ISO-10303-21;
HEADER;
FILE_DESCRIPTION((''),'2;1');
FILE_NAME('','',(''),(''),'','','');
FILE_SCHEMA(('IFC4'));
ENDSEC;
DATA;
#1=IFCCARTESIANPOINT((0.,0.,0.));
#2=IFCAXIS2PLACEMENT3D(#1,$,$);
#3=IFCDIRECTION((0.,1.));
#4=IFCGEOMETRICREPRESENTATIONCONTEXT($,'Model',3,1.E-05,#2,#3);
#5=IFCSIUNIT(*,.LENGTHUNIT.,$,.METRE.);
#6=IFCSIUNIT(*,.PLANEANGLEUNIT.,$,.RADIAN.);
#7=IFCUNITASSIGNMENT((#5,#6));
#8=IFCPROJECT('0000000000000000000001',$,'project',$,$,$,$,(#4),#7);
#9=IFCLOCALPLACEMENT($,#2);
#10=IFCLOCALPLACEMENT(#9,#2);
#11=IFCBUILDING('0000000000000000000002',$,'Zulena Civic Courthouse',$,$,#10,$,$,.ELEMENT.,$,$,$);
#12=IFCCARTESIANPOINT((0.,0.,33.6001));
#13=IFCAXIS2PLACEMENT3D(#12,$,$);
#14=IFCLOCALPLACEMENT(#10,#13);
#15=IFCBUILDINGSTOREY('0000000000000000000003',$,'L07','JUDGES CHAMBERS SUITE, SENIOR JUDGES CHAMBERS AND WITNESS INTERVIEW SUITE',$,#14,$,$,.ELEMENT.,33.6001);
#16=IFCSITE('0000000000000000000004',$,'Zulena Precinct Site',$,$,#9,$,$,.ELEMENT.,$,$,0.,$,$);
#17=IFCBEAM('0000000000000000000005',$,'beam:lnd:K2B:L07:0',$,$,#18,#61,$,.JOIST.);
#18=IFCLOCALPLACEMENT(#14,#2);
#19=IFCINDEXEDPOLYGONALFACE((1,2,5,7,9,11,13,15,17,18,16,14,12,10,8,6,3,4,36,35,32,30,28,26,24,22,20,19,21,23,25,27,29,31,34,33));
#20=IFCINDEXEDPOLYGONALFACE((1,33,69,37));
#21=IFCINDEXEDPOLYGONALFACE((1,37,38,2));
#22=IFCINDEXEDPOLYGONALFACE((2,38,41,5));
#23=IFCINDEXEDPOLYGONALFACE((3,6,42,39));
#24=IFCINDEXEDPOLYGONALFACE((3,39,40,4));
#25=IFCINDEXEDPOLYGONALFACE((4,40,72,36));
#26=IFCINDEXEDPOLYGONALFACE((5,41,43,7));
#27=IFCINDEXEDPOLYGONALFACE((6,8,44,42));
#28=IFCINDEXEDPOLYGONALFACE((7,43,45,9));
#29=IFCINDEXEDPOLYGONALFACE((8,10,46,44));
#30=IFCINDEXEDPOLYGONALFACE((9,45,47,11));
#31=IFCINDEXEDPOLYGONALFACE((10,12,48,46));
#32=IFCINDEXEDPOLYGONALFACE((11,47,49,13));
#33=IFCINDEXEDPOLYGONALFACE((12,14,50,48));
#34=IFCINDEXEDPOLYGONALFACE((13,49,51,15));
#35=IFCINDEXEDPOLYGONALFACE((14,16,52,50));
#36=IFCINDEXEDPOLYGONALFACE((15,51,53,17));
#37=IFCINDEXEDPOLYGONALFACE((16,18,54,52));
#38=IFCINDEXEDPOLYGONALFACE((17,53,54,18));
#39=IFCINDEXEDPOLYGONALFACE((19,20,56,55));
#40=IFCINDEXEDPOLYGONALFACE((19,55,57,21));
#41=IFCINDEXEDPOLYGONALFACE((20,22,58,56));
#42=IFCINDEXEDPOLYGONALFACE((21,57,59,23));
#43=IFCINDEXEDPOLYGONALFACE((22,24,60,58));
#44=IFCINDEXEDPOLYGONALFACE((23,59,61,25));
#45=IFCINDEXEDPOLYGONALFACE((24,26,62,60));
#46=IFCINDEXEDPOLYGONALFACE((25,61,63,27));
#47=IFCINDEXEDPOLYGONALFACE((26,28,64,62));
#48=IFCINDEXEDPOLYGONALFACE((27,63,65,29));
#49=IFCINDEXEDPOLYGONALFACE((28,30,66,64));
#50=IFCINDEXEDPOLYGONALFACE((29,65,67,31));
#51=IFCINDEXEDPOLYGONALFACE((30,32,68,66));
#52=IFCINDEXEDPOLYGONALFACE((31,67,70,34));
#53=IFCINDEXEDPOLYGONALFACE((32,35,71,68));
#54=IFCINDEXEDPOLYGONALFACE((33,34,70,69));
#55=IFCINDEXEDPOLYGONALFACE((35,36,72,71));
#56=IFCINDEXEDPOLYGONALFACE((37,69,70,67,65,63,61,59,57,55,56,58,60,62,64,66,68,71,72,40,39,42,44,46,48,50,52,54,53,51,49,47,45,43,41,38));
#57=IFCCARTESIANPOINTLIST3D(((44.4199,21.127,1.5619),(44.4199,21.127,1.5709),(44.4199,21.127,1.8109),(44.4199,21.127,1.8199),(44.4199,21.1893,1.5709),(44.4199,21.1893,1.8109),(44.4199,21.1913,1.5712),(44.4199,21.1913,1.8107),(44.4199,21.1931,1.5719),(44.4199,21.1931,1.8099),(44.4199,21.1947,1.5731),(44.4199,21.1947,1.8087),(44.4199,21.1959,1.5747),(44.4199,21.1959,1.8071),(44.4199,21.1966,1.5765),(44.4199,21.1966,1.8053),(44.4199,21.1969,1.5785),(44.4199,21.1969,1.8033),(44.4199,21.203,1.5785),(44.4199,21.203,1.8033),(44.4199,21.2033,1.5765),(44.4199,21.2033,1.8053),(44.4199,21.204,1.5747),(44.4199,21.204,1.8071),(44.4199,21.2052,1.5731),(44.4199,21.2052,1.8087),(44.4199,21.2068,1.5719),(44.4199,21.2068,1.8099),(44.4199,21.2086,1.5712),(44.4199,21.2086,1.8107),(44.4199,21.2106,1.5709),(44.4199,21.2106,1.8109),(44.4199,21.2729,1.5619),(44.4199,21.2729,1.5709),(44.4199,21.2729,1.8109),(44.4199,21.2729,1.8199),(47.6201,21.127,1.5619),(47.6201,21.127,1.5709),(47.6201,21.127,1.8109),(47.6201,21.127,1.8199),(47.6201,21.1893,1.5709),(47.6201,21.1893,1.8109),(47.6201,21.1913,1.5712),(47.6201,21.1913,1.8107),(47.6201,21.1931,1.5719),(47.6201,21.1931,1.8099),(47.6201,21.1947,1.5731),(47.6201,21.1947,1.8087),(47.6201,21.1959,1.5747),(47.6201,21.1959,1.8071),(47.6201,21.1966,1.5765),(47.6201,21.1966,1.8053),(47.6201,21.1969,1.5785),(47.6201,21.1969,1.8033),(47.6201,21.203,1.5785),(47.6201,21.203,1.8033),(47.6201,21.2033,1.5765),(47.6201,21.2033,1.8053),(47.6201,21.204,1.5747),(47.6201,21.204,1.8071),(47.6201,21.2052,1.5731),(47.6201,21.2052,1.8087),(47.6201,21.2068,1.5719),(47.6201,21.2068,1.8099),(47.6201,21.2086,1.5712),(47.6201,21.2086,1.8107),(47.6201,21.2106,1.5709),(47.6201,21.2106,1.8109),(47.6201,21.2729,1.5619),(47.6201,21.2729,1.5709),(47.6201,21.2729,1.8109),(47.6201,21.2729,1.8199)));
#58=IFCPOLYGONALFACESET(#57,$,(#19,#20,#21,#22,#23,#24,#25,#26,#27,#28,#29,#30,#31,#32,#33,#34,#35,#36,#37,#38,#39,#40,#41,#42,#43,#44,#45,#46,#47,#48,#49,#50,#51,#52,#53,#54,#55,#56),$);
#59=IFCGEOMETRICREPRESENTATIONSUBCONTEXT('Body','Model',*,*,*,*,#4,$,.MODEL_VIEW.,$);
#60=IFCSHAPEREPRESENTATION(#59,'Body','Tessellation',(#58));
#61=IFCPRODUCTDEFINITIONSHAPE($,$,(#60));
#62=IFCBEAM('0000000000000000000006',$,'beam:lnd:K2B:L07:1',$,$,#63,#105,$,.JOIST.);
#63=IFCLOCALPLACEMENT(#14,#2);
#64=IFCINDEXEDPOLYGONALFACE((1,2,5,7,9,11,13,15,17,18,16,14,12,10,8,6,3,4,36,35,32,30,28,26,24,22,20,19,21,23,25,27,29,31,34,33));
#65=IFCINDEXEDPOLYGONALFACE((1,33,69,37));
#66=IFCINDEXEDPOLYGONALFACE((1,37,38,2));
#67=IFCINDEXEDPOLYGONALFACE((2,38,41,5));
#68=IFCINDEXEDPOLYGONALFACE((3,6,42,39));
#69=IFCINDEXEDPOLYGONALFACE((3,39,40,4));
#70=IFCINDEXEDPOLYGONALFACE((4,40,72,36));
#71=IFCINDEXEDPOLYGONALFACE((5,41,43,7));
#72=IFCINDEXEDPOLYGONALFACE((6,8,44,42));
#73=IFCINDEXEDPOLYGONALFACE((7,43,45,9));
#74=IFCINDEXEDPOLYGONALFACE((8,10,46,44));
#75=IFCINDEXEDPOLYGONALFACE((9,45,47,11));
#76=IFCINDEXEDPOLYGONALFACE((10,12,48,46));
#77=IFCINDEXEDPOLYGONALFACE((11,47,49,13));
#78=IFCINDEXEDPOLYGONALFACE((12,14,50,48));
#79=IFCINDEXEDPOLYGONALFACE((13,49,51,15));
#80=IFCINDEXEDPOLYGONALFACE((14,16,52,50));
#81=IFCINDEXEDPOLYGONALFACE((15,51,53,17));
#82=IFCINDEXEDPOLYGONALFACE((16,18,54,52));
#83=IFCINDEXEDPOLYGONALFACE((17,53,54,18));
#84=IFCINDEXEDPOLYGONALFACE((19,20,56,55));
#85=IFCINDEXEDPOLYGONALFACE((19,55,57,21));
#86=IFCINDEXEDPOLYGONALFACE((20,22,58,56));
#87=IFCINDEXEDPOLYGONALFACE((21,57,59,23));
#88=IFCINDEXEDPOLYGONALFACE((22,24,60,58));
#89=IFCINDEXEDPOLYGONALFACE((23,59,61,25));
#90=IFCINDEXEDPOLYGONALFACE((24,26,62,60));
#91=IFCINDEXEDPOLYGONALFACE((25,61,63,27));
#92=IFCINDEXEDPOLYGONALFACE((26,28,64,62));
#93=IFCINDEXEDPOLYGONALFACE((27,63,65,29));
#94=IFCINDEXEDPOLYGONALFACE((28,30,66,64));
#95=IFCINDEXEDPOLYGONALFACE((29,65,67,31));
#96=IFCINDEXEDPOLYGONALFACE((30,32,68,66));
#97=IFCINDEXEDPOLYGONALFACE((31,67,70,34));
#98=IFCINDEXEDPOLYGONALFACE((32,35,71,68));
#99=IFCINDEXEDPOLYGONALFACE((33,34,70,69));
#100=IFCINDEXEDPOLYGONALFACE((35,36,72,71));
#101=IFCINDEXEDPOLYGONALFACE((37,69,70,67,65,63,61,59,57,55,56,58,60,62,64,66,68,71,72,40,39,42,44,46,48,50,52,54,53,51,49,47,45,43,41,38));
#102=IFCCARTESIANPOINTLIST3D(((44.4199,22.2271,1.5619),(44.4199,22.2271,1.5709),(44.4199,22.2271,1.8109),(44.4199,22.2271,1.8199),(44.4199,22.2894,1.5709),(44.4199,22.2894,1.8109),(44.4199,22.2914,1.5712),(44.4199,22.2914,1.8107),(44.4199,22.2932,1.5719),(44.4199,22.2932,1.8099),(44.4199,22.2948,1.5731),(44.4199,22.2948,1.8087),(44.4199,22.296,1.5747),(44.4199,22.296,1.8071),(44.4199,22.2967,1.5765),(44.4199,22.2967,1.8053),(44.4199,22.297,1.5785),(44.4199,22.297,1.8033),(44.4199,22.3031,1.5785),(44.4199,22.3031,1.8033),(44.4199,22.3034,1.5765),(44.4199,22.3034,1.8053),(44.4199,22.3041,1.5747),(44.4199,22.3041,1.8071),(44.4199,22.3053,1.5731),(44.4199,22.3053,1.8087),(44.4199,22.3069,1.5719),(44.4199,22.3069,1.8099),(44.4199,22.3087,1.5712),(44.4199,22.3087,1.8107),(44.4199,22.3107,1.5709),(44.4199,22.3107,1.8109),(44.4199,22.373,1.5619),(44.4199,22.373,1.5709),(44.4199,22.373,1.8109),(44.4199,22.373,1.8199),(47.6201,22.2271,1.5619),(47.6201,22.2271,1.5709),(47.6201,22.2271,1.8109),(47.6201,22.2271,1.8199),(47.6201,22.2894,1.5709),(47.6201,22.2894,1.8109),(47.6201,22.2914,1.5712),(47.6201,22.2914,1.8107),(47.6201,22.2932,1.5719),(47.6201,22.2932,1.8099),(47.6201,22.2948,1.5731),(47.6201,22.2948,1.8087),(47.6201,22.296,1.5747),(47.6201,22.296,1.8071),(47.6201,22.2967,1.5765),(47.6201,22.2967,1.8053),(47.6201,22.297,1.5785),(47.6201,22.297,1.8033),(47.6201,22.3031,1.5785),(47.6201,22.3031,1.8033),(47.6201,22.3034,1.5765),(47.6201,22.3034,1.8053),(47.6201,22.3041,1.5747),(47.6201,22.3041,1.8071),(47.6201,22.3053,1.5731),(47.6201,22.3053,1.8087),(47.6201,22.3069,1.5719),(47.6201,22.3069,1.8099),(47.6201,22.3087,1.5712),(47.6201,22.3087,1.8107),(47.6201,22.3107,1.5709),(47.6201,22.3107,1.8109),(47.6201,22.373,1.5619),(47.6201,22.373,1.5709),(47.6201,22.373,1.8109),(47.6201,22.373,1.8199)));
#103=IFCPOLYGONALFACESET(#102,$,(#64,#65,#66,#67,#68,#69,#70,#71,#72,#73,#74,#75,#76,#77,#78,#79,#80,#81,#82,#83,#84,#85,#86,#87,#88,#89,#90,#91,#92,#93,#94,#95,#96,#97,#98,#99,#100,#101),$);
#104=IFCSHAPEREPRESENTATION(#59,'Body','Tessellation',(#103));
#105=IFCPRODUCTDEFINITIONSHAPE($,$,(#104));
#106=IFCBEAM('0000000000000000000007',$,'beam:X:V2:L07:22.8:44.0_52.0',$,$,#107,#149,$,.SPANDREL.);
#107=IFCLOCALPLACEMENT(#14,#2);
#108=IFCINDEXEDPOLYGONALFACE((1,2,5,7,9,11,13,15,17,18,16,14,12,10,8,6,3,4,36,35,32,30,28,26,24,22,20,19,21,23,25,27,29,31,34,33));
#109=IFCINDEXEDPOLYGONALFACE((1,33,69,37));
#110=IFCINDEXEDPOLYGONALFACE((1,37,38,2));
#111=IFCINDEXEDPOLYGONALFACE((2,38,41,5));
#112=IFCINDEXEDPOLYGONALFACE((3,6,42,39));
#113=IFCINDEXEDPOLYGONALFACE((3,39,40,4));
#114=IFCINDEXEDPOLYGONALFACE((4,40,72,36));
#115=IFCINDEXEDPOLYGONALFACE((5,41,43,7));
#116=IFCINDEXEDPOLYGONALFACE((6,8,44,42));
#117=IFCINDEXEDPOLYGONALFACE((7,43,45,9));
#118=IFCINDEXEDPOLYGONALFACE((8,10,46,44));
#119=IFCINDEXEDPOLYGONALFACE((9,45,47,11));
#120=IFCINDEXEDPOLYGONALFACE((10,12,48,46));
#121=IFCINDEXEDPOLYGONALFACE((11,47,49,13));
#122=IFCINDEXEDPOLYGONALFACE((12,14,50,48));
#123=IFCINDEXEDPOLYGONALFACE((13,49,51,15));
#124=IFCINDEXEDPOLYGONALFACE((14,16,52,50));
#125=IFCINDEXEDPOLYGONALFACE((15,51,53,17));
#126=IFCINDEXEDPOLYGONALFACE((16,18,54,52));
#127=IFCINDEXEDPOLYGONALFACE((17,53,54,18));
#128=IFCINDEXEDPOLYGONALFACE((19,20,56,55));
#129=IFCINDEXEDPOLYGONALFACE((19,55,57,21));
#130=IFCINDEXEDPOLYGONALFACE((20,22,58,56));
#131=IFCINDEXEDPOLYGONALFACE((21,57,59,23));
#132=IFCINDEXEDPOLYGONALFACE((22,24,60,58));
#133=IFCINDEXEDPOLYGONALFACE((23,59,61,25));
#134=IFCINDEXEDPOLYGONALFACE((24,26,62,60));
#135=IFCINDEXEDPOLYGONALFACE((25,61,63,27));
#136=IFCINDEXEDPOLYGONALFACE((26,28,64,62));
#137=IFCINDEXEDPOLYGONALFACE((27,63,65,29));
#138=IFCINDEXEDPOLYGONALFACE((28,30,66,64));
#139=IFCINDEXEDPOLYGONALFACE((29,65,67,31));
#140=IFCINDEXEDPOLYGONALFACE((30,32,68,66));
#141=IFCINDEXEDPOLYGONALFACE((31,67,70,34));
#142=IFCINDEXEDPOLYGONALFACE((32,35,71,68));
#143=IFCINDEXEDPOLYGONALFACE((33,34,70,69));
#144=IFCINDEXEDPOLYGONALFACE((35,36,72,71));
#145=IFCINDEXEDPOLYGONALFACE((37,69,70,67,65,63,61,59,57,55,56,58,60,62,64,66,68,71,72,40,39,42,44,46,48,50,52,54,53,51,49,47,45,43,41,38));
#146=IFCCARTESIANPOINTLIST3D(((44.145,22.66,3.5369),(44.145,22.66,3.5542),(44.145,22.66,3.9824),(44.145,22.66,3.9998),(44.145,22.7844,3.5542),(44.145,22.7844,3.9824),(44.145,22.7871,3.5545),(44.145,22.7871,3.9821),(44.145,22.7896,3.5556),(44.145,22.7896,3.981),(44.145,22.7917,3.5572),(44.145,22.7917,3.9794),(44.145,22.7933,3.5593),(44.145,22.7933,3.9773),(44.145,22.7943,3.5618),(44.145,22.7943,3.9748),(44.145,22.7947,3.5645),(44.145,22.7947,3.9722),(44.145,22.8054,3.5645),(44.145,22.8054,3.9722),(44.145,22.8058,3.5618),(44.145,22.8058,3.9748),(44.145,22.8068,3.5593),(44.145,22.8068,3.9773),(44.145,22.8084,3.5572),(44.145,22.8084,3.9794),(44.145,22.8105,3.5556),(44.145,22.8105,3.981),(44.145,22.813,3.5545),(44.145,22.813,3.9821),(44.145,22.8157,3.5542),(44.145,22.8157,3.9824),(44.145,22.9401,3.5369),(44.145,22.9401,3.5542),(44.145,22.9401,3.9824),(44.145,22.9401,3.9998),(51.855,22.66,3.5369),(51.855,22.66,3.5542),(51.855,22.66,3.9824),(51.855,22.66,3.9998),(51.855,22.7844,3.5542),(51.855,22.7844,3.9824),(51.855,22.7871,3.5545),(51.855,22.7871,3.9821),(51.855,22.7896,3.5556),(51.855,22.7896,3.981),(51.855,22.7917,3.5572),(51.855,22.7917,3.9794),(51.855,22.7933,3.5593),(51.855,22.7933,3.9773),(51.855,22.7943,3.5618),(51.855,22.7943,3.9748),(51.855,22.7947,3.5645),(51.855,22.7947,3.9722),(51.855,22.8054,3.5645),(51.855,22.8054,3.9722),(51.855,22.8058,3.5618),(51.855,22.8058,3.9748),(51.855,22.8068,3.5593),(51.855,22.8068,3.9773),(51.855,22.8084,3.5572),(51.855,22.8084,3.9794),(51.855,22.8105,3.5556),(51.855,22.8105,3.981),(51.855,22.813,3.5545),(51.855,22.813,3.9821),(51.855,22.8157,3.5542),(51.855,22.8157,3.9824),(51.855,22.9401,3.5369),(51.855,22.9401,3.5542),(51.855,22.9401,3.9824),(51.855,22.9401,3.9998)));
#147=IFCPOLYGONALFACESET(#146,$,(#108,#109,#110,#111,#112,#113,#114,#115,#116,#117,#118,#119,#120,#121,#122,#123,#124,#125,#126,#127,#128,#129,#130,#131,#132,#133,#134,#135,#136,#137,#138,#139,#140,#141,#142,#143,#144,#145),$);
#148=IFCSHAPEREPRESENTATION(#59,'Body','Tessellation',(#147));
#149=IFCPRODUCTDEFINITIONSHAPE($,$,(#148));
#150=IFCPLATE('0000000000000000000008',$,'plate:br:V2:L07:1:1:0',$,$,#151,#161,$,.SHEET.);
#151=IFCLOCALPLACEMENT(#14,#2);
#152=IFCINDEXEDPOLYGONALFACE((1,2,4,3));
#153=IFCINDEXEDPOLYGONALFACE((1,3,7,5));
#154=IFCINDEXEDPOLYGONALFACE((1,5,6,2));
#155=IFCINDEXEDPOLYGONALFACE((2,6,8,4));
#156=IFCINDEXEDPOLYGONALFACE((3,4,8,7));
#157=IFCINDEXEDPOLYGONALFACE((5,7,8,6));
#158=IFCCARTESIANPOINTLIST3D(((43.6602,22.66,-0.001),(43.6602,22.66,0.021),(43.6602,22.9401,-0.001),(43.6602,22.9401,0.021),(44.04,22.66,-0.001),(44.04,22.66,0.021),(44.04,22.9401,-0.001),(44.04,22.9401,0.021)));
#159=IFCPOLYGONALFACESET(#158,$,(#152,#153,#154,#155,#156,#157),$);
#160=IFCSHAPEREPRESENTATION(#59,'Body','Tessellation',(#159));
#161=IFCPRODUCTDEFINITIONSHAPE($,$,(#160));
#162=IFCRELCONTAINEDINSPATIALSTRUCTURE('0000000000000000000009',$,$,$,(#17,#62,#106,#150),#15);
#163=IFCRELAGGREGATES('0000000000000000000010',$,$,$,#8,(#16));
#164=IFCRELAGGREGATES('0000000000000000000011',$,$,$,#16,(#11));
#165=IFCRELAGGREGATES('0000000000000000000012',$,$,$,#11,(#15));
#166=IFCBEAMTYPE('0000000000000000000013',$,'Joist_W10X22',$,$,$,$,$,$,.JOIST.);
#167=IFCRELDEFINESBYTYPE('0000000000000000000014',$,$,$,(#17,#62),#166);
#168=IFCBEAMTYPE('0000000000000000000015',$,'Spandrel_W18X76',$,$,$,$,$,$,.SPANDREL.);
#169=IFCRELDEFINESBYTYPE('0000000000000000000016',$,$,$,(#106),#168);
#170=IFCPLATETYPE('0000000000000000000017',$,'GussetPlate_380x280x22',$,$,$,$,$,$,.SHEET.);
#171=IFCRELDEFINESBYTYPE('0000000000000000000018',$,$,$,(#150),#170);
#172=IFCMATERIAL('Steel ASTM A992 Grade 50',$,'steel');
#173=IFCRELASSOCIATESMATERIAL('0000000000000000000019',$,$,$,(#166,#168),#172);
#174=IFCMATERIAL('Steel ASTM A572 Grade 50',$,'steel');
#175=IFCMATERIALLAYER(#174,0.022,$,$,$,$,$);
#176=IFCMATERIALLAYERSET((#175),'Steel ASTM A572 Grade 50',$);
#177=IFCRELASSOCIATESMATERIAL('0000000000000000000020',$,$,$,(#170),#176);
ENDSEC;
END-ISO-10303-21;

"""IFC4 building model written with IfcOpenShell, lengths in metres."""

from ifc_helpers import new_model, si_unit, direction, frame, origin, origin_2d, place, context, subcontext, project, spatial, rectangle, i_section, extrude, material, layer, layer_set, material_profile, profile_set, type_object, element, save


model = new_model("IFC4")

# Units and contexts
model_context = context("Model", 3, precision=1e-05, world=origin(), true_north=direction((0.0, 1.0)))
body_context = subcontext(model_context, "Body", "Model", "MODEL_VIEW")
ifc_project = project(units=[si_unit("LENGTHUNIT", "METRE"), si_unit("PLANEANGLEUNIT", "RADIAN")], contexts=[model_context])

# Site, building, storey
site_placement = place(None, origin())
site = spatial("IfcSite", under=ifc_project, at=site_placement, Name="Zulena Precinct Site", CompositionType="ELEMENT", RefElevation=0.0)
building_placement = place(site_placement, origin())
building = spatial("IfcBuilding", under=site, at=building_placement, Name="Zulena Civic Courthouse", CompositionType="ELEMENT")
storey_placement = place(building_placement, frame((0.0, 0.0, 33.6001)))
storey = spatial("IfcBuildingStorey", under=building, at=storey_placement, Name="L07", Description="JUDGES CHAMBERS SUITE, SENIOR JUDGES CHAMBERS AND WITNESS INTERVIEW SUITE", CompositionType="ELEMENT", Elevation=33.6001)

# Shared definitions
ifc_material_1 = material(Name="Steel ASTM A992 Grade 50", Category="steel")

# Beams
ifc_material_profile_1 = material_profile(ifc_material_1, i_section(OverallWidth=0.146, OverallDepth=0.2581, WebThickness=0.0061, FlangeThickness=0.009, FilletRadius=0.0076, at=origin_2d()), Name="W10X22")
ifc_profile_set_1 = profile_set([ifc_material_profile_1], Name="Steel ASTM A992 Grade 50")
beam_type_1 = type_object("IfcBeamType", Name="Joist_W10X22", PredefinedType="JOIST", material=ifc_profile_set_1)
for number, where, z_axis, x_axis, name in (
    (1, (44.4199, 21.2, 1.6909), (1.0, 0.0, 0.0), (0.0, 1.0, 0.0), "beam:lnd:K2B:L07:0"),
    (2, (44.4199, 22.3, 1.6909), (1.0, 0.0, 0.0), (0.0, 1.0, 0.0), "beam:lnd:K2B:L07:1"),
):
    element("IfcBeam", number, at=place(storey_placement, frame(where, z_axis=z_axis, x_axis=x_axis)), inside=storey, type_object=beam_type_1, Name=name, PredefinedType="JOIST", context=body_context, shape_type="SweptSolid", body=[
        extrude(i_section(OverallWidth=0.146, OverallDepth=0.2581, WebThickness=0.0061, FlangeThickness=0.009, FilletRadius=0.0076, at=origin_2d()), origin(), (0.0, 0.0, 1.0), 3.2002),
    ])
ifc_material_profile_2 = material_profile(ifc_material_1, i_section(OverallWidth=0.28, OverallDepth=0.4629, WebThickness=0.0107, FlangeThickness=0.0173, FilletRadius=0.0103, at=origin_2d()), Name="W18X76")
ifc_profile_set_2 = profile_set([ifc_material_profile_2], Name="Steel ASTM A992 Grade 50")
beam_type_2 = type_object("IfcBeamType", Name="Spandrel_W18X76", PredefinedType="SPANDREL", material=ifc_profile_set_2)
beam_placement = place(storey_placement, frame((44.145, 22.8, 3.7683), z_axis=(1.0, 0.0, 0.0), x_axis=(0.0, 1.0, 0.0)))
element("IfcBeam", 3, at=beam_placement, inside=storey, type_object=beam_type_2, Name="beam:X:V2:L07:22.8:44.0_52.0", PredefinedType="SPANDREL", context=body_context, shape_type="SweptSolid", body=[
    extrude(i_section(OverallWidth=0.28, OverallDepth=0.4629, WebThickness=0.0107, FlangeThickness=0.0173, FilletRadius=0.0103, at=origin_2d()), origin(), (0.0, 0.0, 1.0), 7.71),
])

# Plate
ifc_material_2 = material(Name="Steel ASTM A572 Grade 50", Category="steel")
ifc_layer_1 = layer(ifc_material_2, 0.022)
ifc_layer_set_1 = layer_set([ifc_layer_1], Name="Steel ASTM A572 Grade 50")
plate_type = type_object("IfcPlateType", Name="GussetPlate_380x280x22", PredefinedType="SHEET", material=ifc_layer_set_1)
plate_placement = place(storey_placement, frame((43.8501, 22.8, -0.001), z_axis=(0.0, 0.0, 1.0), x_axis=(1.0, 0.0, 0.0)))
element("IfcPlate", 4, at=plate_placement, inside=storey, type_object=plate_type, Name="plate:br:V2:L07:1:1:0", PredefinedType="SHEET", context=body_context, shape_type="SweptSolid", body=[
    extrude(rectangle(XDim=0.3799, YDim=0.28, at=origin_2d()), origin(), (0.0, 0.0, 1.0), 0.022),
])

save(model, "model.ifc")
